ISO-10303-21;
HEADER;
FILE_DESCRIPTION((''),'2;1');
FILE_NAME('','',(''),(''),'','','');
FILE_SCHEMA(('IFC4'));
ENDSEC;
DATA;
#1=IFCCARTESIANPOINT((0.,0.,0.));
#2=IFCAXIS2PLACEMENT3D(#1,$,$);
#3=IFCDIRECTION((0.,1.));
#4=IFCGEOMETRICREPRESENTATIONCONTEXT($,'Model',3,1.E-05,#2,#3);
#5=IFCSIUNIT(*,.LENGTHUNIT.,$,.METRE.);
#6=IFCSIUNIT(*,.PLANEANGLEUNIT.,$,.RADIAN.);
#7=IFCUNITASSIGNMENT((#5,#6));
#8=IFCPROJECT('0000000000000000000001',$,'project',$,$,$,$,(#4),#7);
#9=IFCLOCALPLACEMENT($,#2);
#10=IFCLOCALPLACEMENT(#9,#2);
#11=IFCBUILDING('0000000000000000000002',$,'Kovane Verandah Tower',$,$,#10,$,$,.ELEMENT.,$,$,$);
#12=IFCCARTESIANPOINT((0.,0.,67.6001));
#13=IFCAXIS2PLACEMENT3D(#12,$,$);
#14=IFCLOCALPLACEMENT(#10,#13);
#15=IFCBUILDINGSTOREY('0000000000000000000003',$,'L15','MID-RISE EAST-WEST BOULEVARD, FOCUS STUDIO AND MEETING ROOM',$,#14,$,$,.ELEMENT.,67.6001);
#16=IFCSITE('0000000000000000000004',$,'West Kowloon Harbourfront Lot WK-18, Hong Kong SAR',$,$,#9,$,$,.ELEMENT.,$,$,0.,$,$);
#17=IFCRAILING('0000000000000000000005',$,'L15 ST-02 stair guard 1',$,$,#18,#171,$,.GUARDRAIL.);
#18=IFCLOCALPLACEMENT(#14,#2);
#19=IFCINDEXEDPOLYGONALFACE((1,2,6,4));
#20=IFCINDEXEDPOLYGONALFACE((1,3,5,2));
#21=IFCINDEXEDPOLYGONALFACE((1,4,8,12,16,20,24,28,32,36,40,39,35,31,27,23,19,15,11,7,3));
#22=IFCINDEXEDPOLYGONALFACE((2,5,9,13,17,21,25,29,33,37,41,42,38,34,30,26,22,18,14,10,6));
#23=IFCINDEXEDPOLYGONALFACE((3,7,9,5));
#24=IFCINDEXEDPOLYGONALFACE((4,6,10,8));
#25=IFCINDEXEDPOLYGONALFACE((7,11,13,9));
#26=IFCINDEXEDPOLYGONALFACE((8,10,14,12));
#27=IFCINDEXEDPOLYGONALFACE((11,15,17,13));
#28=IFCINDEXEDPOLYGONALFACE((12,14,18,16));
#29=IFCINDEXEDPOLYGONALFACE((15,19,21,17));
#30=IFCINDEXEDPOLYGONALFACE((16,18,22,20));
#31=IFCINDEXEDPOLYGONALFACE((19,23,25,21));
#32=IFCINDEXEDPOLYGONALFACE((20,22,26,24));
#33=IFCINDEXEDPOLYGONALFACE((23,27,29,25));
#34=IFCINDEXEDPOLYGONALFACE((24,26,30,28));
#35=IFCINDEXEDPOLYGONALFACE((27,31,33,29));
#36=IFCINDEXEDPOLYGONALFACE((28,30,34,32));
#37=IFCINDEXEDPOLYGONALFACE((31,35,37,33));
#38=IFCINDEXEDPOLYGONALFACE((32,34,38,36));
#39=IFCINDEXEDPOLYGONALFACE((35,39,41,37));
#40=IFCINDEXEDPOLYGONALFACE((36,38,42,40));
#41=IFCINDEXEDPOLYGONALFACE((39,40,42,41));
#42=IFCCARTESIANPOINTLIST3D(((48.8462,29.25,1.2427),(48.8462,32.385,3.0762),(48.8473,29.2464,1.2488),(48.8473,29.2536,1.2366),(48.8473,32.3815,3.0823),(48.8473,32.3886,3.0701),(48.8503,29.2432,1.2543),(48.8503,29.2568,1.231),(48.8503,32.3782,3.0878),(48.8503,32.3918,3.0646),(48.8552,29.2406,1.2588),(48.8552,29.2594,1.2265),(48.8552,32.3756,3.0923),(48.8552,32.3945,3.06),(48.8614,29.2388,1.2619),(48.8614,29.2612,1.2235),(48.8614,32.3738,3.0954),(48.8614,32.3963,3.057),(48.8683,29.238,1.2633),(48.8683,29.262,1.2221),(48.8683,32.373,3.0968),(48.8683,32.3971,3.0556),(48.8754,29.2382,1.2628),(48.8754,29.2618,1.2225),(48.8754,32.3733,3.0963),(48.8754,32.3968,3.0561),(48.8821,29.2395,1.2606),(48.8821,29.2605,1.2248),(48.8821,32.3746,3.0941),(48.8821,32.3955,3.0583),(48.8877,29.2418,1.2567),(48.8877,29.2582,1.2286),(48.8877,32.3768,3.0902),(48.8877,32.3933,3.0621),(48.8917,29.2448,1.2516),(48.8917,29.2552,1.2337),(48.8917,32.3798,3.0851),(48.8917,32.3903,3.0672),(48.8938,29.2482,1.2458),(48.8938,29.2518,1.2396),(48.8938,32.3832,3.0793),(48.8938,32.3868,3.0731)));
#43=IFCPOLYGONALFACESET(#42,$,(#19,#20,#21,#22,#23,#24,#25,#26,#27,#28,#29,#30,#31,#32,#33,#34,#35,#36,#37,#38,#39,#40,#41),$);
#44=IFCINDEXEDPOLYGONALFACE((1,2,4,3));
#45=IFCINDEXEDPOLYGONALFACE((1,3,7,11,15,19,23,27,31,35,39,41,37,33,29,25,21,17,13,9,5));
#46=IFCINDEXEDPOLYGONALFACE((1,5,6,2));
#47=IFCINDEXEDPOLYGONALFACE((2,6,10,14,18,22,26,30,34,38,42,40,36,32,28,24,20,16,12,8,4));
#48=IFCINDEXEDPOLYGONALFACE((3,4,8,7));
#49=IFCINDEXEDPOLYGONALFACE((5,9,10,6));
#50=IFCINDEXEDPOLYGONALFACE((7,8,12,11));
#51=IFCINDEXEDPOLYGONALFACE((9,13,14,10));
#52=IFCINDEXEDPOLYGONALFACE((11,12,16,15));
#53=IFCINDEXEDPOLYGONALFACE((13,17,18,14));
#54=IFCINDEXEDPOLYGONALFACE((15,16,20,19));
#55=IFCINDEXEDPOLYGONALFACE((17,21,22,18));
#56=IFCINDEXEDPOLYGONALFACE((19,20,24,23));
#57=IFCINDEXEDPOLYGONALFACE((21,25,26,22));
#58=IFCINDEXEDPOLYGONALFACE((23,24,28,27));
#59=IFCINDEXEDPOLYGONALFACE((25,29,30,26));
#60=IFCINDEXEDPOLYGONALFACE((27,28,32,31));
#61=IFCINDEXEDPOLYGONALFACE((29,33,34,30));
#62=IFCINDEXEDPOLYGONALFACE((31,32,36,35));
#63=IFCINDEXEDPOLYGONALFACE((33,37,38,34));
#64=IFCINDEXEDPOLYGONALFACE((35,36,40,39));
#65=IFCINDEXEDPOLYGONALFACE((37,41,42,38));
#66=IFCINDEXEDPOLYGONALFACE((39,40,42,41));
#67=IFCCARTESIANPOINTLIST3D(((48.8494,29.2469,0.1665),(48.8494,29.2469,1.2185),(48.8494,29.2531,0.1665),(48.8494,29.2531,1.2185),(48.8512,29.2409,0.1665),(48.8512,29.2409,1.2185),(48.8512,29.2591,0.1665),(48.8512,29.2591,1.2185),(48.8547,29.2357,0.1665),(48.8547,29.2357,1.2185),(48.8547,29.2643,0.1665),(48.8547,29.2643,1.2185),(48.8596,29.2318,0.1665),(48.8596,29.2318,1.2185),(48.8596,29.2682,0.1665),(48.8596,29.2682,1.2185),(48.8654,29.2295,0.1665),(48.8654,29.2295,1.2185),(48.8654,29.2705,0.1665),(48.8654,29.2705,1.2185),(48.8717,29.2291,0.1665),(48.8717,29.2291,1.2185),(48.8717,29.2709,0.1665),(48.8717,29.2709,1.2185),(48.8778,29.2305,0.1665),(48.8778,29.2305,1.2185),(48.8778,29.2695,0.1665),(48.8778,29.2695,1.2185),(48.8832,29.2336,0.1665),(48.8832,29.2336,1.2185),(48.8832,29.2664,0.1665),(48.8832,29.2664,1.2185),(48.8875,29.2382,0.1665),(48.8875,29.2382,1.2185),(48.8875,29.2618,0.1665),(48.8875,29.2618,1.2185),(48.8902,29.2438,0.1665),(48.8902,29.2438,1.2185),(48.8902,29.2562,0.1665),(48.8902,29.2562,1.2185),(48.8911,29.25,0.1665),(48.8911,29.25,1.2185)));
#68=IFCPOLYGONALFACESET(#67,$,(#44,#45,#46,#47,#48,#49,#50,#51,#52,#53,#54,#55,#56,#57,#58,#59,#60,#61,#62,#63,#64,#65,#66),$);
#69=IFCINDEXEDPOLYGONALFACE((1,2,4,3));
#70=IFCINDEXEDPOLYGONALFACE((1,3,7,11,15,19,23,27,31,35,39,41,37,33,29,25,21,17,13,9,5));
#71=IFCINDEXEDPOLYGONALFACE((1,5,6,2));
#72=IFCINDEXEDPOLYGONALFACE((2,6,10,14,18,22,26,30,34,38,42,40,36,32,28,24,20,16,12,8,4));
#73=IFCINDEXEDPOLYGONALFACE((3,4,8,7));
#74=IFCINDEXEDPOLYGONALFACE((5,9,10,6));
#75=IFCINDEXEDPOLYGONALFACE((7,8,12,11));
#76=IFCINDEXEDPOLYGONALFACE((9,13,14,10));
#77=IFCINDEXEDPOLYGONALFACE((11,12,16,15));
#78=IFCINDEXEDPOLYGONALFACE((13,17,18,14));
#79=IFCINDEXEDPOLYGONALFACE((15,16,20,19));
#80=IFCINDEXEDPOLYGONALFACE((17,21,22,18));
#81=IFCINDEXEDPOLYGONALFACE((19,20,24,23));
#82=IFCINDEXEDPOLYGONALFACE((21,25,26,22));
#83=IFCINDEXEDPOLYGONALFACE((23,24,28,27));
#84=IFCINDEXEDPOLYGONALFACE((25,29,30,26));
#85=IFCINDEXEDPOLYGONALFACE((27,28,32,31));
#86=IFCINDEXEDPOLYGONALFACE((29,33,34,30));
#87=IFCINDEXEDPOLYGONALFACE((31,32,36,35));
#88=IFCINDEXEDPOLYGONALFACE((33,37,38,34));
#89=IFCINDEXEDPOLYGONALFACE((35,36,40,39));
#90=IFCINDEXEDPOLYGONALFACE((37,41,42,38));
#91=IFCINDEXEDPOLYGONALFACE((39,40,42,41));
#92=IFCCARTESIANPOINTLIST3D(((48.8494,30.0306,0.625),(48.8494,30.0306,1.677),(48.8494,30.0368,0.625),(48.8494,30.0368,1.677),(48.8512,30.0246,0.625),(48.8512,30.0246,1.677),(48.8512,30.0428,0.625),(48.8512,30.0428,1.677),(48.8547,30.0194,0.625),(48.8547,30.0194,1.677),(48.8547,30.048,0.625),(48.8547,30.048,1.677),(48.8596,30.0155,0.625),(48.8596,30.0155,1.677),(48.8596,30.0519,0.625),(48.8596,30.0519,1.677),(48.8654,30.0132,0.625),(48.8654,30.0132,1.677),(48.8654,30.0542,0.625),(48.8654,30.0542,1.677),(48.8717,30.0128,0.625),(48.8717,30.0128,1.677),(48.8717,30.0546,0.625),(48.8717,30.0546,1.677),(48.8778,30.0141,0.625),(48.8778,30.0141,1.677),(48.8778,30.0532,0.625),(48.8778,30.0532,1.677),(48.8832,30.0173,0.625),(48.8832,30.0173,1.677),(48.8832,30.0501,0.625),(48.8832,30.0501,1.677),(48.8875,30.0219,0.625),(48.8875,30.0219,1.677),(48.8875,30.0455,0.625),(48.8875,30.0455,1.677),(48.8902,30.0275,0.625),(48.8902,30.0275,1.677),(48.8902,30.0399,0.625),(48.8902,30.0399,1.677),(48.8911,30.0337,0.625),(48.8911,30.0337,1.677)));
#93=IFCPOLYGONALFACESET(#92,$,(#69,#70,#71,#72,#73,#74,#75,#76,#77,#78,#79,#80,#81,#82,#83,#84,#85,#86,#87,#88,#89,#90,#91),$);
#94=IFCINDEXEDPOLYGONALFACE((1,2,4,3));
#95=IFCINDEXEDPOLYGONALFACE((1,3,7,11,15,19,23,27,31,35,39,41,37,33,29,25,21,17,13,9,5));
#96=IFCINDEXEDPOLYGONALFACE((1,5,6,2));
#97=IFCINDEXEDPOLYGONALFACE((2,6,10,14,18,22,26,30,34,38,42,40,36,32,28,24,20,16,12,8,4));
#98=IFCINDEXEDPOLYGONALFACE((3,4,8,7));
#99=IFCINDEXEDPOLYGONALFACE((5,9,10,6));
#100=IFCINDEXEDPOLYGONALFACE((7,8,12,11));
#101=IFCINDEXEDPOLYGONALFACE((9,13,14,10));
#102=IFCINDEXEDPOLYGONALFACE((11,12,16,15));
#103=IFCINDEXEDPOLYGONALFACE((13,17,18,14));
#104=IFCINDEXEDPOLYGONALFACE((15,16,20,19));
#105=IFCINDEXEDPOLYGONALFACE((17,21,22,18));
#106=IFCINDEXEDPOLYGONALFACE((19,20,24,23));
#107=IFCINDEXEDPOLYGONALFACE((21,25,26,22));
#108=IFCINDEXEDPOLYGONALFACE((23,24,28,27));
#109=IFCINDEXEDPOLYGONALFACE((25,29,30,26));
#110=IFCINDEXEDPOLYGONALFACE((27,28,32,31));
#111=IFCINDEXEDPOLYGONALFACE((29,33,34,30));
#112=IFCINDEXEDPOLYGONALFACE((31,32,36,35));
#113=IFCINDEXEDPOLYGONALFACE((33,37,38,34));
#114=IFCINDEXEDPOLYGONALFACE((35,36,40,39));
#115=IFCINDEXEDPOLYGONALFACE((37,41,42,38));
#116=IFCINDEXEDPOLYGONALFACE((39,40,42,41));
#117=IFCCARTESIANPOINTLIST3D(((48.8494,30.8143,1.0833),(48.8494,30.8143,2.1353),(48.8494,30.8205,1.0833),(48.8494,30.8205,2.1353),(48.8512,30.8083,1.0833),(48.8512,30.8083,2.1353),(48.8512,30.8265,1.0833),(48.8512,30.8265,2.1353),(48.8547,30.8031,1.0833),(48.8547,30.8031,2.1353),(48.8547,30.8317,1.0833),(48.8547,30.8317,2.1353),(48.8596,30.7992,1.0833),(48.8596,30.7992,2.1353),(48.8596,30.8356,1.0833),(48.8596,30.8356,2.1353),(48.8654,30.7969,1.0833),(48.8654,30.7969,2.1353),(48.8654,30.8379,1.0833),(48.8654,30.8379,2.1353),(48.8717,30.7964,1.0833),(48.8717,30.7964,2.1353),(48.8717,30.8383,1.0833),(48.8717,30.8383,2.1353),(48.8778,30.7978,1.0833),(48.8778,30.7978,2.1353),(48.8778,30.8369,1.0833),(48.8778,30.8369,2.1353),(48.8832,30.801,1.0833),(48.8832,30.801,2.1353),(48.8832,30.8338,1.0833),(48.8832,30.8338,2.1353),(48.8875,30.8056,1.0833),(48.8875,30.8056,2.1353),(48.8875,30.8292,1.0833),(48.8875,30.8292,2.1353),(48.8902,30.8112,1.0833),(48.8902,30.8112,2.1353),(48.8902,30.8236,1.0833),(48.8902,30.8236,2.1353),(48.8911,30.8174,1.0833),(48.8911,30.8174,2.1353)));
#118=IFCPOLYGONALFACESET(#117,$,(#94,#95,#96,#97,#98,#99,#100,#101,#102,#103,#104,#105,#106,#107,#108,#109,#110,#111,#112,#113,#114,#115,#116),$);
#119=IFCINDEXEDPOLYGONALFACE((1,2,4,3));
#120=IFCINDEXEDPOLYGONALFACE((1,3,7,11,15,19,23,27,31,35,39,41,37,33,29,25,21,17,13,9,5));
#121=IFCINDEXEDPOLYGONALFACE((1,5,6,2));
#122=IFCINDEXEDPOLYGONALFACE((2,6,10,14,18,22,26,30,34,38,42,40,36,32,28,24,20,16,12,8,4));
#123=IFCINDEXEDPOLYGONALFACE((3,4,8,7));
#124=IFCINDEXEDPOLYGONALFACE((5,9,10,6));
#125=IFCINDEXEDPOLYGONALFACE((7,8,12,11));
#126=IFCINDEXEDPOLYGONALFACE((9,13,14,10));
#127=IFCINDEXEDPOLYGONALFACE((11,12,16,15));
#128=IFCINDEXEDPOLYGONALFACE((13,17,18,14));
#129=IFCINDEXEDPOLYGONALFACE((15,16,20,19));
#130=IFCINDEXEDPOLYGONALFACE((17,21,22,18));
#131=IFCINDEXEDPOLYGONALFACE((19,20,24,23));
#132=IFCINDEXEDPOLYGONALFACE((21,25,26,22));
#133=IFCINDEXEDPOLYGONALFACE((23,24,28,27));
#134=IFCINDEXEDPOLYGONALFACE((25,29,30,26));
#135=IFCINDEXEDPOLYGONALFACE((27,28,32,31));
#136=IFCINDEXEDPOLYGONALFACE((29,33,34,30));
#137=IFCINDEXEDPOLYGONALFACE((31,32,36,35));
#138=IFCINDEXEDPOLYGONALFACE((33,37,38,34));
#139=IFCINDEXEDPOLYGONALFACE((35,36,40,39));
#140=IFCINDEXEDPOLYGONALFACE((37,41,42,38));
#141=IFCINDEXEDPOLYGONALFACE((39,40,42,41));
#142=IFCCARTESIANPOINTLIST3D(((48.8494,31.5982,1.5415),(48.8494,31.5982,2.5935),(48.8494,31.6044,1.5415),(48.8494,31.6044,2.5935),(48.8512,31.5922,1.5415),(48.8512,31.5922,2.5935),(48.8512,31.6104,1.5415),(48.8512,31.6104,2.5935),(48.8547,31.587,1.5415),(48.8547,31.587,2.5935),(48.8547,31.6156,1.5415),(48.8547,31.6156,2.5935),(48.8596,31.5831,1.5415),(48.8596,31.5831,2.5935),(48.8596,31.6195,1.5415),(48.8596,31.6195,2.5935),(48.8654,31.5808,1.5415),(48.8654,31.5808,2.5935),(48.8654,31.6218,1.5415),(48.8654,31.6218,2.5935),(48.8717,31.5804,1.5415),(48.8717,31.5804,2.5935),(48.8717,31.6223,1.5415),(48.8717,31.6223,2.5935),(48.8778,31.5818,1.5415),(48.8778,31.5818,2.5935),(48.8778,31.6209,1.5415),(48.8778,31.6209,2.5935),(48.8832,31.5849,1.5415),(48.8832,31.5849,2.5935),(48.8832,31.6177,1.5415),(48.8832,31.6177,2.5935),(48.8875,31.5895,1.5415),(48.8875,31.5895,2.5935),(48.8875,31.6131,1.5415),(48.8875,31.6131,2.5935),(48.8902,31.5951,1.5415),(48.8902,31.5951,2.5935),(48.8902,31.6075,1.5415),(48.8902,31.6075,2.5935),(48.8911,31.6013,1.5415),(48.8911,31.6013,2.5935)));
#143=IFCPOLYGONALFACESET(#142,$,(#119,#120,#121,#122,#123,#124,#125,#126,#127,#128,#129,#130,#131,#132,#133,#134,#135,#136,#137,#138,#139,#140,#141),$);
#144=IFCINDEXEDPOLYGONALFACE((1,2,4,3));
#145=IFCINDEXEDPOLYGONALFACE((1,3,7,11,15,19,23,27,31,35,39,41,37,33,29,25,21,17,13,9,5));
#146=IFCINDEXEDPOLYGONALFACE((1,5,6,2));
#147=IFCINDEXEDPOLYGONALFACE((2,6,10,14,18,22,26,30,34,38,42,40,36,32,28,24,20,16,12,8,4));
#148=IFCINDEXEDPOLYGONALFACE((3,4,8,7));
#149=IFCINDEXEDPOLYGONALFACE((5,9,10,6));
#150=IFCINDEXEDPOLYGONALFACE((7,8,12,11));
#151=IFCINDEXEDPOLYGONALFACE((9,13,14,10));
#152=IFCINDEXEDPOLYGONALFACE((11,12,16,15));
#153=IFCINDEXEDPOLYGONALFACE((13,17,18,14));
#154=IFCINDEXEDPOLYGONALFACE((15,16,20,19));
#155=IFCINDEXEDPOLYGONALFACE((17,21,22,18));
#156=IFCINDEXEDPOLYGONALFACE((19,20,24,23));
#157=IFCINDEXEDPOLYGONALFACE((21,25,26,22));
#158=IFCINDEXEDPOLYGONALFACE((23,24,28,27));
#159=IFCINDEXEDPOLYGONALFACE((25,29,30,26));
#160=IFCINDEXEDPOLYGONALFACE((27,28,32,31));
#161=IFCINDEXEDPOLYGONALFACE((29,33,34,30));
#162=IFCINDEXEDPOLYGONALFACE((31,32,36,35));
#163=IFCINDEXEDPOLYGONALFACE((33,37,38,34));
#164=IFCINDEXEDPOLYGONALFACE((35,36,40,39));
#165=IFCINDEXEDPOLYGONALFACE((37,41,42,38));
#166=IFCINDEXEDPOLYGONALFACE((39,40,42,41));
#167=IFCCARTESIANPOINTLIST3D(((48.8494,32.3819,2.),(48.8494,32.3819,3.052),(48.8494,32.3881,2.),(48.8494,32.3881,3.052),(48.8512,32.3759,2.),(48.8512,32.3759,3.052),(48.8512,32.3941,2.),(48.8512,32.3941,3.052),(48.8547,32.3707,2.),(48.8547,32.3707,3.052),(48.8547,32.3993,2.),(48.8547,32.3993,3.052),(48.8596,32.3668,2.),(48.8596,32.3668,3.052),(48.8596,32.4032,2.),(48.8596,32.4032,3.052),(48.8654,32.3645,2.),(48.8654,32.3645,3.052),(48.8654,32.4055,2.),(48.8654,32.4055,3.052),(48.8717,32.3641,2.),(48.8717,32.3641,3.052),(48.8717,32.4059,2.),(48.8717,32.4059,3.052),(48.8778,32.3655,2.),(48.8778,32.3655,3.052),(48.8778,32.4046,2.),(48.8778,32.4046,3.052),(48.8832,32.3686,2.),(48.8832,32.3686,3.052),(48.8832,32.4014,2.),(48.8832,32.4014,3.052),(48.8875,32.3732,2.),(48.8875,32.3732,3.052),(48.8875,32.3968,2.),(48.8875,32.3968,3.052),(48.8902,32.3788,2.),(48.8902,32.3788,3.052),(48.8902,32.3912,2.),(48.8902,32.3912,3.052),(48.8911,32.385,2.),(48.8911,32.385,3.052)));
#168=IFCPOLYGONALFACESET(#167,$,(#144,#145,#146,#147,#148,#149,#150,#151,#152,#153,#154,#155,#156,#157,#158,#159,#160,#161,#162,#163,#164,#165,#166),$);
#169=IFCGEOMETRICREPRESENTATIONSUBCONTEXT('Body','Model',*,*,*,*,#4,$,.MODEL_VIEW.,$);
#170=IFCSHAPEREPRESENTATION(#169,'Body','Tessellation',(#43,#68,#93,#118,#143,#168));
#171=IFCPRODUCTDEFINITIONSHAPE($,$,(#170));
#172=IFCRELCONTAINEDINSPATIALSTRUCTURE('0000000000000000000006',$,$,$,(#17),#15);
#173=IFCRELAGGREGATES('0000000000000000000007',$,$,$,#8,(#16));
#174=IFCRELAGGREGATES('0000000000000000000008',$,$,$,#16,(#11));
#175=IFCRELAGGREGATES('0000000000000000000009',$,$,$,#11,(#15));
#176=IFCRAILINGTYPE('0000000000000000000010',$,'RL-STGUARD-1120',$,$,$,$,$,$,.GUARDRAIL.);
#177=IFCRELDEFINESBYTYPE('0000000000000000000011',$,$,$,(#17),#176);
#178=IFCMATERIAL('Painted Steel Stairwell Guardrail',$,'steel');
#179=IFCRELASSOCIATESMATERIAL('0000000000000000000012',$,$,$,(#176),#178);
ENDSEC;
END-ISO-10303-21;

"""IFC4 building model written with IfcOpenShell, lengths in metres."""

from ifc_helpers import new_model, si_unit, direction, frame, origin, origin_2d, place, context, subcontext, project, spatial, circle, extrude, material, type_object, element, save


model = new_model("IFC4")

# Units and contexts
model_context = context("Model", 3, precision=1e-05, world=origin(), true_north=direction((0.0, 1.0)))
body_context = subcontext(model_context, "Body", "Model", "MODEL_VIEW")
ifc_project = project(units=[si_unit("LENGTHUNIT", "METRE"), si_unit("PLANEANGLEUNIT", "RADIAN")], contexts=[model_context])

# Site, building, storey
site_placement = place(None, origin())
site = spatial("IfcSite", under=ifc_project, at=site_placement, Name="West Kowloon Harbourfront Lot WK-18, Hong Kong SAR", CompositionType="ELEMENT", RefElevation=0.0)
building_placement = place(site_placement, origin())
building = spatial("IfcBuilding", under=site, at=building_placement, Name="Kovane Verandah Tower", CompositionType="ELEMENT")
storey_placement = place(building_placement, frame((0.0, 0.0, 67.6001)))
storey = spatial("IfcBuildingStorey", under=building, at=storey_placement, Name="L15", Description="MID-RISE EAST-WEST BOULEVARD, FOCUS STUDIO AND MEETING ROOM", CompositionType="ELEMENT", Elevation=67.6001)

# Railing
ifc_material_1 = material(Name="Painted Steel Stairwell Guardrail", Category="steel")
railing_type_1 = type_object("IfcRailingType", Name="RL-STGUARD-1120", PredefinedType="GUARDRAIL", material=ifc_material_1)
railing_1_placement = place(storey_placement, frame((48.8701, 29.25, 0.1665)))
element("IfcRailing", 1, at=railing_1_placement, inside=storey, type_object=railing_type_1, Name="L15 ST-02 stair guard 1", PredefinedType="GUARDRAIL", context=body_context, shape_type="SweptSolid", body=[
    extrude(circle(Radius=0.0239, at=origin_2d()), frame((0.0, 0.0, 1.0762), z_axis=(0.0, 0.86321, 0.504845), x_axis=(-1.0, 0.0, 0.0)), (0.0, 0.0, 1.0), 3.6318),
    extrude(circle(Radius=0.021, at=origin_2d()), origin(), (0.0, 0.0, 1.0), 1.052),
    extrude(circle(Radius=0.021, at=origin_2d()), frame((0.0, 0.7837, 0.4585)), (0.0, 0.0, 1.0), 1.052),
    extrude(circle(Radius=0.021, at=origin_2d()), frame((0.0, 1.5674, 0.9167)), (0.0, 0.0, 1.0), 1.052),
    extrude(circle(Radius=0.021, at=origin_2d()), frame((0.0, 2.3513, 1.375)), (0.0, 0.0, 1.0), 1.052),
    extrude(circle(Radius=0.021, at=origin_2d()), frame((0.0, 3.135, 1.8335)), (0.0, 0.0, 1.0), 1.052),
])

save(model, "model.ifc")
